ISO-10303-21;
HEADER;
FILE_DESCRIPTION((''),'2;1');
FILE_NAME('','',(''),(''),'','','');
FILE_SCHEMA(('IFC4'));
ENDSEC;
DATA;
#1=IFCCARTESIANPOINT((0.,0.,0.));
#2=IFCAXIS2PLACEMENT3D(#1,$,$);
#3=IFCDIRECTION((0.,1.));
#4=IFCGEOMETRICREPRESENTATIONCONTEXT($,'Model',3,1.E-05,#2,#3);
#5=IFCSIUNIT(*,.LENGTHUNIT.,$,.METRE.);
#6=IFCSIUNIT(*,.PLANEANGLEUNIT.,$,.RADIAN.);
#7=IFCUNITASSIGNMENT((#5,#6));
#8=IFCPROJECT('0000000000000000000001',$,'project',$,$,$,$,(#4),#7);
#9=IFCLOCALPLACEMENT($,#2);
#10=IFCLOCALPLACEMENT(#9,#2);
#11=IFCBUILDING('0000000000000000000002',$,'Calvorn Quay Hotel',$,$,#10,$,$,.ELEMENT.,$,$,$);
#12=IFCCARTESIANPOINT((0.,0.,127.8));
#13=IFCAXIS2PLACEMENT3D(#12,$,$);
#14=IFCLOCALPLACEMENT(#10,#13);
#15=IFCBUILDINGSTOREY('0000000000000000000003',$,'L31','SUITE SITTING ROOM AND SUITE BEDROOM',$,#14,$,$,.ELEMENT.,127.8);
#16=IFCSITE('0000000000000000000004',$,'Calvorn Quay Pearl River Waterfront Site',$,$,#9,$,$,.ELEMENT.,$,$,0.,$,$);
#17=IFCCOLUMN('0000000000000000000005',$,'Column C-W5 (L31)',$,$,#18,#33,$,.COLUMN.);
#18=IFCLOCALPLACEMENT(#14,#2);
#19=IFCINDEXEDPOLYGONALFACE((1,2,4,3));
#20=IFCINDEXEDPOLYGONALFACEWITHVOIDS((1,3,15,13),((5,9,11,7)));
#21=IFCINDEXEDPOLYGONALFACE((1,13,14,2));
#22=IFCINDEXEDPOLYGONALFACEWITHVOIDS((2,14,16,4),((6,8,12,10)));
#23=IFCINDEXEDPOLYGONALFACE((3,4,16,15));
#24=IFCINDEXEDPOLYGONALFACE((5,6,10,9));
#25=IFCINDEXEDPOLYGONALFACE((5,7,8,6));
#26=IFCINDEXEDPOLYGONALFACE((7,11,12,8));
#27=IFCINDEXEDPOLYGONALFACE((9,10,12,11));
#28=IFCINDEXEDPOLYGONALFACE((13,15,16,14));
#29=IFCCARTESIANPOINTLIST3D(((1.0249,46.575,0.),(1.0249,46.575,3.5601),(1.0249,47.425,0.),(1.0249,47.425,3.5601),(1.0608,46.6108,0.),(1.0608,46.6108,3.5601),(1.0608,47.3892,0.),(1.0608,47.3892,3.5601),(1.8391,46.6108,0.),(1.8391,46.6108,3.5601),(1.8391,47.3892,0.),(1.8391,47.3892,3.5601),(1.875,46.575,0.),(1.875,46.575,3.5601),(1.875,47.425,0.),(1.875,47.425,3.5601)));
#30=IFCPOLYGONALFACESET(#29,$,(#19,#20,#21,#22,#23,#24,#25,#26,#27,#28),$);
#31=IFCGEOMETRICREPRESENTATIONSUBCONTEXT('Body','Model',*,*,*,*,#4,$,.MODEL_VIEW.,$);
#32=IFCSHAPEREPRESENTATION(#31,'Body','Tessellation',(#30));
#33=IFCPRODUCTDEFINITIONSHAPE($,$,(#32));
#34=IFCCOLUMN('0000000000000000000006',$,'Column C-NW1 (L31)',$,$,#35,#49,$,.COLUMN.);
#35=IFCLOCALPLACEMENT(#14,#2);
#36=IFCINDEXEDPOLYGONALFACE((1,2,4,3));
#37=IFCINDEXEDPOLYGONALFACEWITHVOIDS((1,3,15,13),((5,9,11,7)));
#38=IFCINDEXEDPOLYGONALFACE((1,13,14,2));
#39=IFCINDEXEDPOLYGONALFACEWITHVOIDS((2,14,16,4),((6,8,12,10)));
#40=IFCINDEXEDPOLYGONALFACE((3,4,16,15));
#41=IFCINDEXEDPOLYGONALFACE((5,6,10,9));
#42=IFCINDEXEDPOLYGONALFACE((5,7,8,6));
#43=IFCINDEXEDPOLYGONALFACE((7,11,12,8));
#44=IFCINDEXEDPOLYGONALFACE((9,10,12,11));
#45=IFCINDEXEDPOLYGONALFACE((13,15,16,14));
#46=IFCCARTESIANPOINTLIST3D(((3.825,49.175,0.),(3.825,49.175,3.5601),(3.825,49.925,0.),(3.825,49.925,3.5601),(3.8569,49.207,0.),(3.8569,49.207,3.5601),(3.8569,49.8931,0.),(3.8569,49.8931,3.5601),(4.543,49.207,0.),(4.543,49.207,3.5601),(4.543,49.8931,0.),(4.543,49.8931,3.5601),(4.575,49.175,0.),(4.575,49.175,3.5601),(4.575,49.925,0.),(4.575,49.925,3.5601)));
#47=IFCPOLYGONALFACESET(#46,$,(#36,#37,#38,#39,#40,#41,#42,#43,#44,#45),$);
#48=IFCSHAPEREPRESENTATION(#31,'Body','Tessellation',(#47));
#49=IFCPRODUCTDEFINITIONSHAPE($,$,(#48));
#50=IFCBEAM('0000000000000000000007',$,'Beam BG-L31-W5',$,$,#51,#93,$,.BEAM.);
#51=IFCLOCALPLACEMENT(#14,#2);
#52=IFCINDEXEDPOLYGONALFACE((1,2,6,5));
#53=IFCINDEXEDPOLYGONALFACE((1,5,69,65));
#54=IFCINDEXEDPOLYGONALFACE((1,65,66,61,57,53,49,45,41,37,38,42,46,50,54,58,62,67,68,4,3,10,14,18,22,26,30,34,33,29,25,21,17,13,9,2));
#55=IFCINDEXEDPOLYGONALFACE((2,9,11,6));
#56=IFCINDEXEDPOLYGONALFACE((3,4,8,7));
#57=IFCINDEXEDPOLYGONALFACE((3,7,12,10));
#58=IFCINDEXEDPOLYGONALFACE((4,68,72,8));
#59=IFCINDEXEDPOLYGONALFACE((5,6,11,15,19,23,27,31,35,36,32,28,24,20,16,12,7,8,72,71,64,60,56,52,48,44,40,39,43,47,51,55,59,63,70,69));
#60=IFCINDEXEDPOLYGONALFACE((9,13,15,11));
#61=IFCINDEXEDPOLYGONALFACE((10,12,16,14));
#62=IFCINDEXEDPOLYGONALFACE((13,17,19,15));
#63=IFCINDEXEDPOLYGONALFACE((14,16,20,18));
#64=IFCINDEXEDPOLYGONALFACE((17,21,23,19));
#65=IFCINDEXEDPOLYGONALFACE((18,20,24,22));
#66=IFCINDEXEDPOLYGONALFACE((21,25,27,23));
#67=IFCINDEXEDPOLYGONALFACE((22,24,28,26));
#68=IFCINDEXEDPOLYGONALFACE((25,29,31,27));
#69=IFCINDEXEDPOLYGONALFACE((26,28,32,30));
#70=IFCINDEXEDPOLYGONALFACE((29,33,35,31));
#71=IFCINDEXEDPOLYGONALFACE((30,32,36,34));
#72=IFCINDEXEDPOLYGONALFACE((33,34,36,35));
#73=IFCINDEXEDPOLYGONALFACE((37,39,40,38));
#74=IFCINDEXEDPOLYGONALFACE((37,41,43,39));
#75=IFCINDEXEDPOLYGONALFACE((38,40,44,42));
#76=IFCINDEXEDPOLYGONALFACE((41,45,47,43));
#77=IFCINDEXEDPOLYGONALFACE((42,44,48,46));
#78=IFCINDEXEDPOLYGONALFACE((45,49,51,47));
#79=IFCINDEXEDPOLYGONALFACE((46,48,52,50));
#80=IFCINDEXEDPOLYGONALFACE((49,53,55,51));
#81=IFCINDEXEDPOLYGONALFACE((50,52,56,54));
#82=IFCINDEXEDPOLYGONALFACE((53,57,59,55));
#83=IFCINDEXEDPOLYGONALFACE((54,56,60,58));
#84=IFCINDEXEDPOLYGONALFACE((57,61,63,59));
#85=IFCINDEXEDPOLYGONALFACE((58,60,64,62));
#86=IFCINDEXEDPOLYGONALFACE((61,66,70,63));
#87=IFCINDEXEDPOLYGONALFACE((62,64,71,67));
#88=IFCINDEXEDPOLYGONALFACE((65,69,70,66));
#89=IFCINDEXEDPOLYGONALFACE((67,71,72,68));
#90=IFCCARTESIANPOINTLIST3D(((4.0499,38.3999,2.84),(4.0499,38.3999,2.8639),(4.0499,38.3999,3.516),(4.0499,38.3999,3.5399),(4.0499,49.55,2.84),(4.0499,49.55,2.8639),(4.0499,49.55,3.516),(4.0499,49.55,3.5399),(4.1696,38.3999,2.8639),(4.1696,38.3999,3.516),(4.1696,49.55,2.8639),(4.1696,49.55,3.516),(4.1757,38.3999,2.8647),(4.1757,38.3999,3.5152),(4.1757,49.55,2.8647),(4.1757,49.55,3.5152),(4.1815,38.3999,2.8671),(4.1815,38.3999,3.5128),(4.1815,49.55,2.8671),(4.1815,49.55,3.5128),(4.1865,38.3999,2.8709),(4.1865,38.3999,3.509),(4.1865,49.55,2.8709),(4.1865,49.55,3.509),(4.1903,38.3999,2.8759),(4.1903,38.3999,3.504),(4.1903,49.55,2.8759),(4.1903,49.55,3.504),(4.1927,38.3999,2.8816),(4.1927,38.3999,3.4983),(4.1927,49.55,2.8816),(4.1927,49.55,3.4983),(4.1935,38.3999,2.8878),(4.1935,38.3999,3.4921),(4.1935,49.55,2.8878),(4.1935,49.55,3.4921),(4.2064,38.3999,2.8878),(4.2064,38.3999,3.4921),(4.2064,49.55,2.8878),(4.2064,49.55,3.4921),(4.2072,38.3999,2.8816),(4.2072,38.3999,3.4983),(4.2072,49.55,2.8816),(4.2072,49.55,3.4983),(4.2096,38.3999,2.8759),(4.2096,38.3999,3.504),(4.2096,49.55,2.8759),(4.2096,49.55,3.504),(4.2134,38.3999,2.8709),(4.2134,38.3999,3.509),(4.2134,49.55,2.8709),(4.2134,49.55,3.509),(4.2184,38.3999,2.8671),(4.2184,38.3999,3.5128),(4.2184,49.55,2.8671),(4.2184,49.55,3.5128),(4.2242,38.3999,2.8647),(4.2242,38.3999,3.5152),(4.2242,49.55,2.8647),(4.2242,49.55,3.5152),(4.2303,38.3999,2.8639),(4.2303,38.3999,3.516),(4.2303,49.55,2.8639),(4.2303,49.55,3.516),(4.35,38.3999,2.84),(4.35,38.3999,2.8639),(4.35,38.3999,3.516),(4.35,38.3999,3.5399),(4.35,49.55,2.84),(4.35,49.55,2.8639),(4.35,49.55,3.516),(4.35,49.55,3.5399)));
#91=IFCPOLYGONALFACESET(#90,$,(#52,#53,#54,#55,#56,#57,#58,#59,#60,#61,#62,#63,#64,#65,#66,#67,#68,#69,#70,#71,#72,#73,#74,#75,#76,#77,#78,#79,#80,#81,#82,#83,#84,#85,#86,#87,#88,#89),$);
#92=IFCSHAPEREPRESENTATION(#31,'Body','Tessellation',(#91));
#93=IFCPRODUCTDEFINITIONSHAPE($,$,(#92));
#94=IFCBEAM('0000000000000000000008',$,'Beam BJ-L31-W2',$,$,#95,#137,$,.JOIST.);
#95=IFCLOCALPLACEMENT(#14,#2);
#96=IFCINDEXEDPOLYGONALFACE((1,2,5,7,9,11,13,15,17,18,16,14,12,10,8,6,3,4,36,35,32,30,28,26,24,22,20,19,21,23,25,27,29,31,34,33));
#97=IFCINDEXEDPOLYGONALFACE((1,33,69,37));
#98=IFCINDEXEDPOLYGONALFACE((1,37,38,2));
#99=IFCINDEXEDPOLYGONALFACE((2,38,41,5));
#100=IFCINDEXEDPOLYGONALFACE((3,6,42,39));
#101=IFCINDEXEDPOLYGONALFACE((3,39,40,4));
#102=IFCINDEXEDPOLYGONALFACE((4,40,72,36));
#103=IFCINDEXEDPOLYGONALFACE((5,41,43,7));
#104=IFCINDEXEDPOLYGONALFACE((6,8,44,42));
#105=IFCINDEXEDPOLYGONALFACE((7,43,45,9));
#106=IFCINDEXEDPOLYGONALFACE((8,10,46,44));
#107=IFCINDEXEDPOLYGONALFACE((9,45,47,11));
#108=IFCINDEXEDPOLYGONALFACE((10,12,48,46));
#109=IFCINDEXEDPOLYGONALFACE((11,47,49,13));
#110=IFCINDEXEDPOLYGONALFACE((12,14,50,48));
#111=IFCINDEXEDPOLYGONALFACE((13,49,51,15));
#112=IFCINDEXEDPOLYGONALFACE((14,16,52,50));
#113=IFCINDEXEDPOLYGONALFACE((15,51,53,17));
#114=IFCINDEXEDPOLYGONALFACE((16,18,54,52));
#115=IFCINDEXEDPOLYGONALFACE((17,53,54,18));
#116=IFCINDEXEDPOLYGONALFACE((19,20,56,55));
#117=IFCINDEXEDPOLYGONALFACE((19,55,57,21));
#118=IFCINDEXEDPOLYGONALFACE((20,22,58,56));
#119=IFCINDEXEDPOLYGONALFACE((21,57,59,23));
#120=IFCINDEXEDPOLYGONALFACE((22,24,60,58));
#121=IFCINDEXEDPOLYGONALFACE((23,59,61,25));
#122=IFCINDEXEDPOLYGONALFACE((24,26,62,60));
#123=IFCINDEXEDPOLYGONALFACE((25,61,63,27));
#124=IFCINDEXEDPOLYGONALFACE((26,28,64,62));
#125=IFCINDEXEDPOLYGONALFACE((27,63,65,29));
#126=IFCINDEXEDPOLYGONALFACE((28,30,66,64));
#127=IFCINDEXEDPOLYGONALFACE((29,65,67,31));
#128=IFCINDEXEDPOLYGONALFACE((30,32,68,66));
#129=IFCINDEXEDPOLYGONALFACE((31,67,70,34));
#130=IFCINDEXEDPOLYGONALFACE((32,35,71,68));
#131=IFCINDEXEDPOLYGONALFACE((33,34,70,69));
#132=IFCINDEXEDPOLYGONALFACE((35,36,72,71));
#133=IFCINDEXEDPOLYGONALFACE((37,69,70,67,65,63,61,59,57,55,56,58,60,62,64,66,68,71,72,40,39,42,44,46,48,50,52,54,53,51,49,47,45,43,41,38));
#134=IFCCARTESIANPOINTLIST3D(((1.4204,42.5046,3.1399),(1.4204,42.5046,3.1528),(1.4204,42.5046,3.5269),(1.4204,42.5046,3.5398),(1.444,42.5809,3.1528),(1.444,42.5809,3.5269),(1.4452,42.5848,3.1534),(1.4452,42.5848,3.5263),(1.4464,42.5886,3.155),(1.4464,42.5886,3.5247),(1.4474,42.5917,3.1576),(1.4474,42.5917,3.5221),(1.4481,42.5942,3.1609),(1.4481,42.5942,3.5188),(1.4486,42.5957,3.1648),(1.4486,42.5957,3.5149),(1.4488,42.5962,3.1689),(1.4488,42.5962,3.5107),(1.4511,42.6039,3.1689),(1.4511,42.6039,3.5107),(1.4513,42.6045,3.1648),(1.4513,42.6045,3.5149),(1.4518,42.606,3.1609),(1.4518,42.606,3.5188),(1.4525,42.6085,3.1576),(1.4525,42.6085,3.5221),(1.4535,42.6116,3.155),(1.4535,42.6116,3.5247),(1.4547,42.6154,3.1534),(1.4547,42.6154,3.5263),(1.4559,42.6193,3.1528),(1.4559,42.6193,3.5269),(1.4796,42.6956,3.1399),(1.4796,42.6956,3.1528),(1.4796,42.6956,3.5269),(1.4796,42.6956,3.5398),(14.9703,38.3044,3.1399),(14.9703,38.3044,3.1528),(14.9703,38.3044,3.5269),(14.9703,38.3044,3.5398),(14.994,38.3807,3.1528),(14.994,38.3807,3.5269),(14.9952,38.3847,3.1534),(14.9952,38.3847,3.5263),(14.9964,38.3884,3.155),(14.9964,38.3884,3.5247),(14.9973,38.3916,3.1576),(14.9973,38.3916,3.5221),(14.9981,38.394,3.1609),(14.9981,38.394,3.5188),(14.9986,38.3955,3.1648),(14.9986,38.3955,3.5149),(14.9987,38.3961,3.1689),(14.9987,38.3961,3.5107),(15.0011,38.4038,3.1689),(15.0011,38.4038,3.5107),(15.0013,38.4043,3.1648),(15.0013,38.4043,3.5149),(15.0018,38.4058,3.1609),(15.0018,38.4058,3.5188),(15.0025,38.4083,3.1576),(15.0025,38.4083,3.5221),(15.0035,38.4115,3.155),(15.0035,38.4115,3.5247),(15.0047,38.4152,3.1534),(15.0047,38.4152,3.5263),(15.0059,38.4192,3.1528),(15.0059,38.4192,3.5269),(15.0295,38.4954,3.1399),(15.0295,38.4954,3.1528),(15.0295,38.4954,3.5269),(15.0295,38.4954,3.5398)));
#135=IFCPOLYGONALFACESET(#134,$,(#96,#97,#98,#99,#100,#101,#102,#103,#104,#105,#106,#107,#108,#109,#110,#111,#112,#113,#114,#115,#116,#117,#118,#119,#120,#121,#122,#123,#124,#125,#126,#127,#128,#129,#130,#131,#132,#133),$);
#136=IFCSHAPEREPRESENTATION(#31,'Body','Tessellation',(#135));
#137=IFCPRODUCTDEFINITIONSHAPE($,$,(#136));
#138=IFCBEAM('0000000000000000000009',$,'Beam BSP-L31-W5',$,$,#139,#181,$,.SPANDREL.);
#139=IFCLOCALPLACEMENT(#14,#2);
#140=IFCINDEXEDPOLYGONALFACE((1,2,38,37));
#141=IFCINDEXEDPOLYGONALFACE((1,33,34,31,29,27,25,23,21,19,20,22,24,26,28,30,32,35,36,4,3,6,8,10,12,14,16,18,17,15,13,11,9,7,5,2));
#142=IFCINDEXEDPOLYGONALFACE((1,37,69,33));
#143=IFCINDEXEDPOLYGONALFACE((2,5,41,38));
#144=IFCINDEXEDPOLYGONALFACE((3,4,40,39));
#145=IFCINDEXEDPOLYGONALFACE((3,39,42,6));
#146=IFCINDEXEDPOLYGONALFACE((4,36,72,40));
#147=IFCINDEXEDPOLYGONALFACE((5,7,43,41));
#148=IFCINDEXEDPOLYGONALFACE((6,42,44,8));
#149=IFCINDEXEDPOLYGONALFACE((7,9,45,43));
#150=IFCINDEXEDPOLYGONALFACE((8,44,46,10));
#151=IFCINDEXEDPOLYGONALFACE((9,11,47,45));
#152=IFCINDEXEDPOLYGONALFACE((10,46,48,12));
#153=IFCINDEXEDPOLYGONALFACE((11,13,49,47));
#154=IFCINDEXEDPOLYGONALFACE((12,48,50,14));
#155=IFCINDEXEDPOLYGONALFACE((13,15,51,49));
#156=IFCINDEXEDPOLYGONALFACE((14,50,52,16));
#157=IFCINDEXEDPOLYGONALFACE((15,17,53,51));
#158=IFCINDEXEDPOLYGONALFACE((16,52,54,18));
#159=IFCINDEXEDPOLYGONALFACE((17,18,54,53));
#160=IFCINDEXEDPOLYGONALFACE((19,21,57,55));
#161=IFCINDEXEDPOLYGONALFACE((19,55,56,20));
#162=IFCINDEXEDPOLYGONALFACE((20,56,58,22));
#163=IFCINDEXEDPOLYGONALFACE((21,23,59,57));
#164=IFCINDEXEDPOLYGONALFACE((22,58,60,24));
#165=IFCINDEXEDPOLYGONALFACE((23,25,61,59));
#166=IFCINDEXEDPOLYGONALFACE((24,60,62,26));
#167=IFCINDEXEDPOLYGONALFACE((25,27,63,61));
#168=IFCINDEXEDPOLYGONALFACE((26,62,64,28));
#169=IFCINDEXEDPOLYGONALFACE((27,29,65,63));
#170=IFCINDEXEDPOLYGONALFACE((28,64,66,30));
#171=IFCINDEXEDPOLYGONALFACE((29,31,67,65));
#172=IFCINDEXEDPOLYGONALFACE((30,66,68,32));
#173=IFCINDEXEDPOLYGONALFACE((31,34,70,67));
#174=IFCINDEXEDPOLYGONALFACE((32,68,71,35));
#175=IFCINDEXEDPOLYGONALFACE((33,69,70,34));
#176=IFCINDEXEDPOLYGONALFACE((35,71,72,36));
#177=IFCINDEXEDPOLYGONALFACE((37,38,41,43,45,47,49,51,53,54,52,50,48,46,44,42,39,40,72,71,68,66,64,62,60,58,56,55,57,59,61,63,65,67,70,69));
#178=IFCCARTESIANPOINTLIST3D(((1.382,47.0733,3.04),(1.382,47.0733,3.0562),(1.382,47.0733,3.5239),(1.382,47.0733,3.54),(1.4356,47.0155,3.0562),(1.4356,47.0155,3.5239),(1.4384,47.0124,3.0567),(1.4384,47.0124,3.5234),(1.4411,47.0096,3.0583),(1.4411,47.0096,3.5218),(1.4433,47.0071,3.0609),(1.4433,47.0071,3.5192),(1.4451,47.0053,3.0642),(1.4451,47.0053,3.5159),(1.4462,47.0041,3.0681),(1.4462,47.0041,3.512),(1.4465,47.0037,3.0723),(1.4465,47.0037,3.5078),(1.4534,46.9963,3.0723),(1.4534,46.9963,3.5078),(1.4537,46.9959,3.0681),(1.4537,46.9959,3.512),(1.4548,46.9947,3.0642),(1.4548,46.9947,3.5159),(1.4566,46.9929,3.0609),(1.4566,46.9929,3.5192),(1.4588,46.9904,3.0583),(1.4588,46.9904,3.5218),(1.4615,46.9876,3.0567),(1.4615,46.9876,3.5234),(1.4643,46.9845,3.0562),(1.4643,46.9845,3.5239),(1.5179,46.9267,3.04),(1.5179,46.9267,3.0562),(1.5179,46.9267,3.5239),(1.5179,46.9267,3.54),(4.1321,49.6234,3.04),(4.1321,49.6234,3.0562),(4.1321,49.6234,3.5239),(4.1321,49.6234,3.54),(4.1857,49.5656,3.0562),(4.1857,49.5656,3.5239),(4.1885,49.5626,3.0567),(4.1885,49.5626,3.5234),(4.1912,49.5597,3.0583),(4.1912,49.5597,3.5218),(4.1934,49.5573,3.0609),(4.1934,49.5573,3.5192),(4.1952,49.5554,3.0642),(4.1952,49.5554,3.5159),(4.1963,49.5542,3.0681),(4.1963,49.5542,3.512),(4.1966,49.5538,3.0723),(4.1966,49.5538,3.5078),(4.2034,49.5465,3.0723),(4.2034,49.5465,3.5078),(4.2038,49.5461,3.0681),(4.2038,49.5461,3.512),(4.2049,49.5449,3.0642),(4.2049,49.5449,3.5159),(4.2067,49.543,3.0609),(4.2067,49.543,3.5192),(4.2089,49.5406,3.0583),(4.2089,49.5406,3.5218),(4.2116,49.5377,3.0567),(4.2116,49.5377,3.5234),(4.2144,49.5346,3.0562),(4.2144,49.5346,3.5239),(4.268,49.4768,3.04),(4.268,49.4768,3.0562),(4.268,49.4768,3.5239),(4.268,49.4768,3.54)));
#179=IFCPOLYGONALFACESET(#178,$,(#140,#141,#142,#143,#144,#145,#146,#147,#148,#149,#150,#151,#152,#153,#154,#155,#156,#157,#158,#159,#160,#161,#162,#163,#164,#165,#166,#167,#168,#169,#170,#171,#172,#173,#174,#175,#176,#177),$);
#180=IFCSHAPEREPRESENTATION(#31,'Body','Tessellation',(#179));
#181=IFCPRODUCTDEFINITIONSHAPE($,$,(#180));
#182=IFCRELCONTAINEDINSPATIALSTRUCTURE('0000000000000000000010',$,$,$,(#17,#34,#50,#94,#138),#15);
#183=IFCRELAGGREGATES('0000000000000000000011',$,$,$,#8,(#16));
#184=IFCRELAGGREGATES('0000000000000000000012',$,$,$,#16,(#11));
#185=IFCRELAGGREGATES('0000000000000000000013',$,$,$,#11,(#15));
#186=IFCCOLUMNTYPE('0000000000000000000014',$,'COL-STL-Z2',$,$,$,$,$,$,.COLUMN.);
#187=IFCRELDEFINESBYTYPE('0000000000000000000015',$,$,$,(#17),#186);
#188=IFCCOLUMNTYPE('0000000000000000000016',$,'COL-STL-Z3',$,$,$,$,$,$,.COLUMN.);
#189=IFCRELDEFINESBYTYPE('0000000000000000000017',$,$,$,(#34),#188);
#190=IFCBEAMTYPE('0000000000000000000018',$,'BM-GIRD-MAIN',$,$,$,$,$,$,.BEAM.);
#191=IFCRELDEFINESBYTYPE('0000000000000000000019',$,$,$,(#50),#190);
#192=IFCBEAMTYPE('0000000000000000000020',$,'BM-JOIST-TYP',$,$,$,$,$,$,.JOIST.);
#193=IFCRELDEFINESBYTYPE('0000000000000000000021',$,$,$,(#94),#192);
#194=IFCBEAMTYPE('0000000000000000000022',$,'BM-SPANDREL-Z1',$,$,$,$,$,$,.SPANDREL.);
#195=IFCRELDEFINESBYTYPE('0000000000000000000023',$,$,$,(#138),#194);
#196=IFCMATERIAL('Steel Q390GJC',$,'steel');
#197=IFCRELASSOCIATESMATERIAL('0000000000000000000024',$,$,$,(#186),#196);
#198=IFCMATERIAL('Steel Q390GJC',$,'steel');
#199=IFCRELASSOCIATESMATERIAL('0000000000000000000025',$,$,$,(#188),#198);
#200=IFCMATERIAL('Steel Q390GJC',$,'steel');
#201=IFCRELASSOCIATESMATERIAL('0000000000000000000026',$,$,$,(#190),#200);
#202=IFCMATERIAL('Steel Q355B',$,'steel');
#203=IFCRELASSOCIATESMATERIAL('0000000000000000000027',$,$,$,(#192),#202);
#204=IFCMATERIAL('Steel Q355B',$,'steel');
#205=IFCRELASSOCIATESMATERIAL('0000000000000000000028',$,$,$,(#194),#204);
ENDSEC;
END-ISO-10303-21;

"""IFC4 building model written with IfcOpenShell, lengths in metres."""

from ifc_helpers import new_model, si_unit, direction, frame, origin, origin_2d, place, context, subcontext, project, spatial, hollow_rectangle, i_section, extrude, material, material_profile, profile_set, type_object, element, save


model = new_model("IFC4")

# Units and contexts
model_context = context("Model", 3, precision=1e-05, world=origin(), true_north=direction((0.0, 1.0)))
body_context = subcontext(model_context, "Body", "Model", "MODEL_VIEW")
ifc_project = project(units=[si_unit("LENGTHUNIT", "METRE"), si_unit("PLANEANGLEUNIT", "RADIAN")], contexts=[model_context])

# Site, building, storey
site_placement = place(None, origin())
site = spatial("IfcSite", under=ifc_project, at=site_placement, Name="Calvorn Quay Pearl River Waterfront Site", CompositionType="ELEMENT", RefElevation=0.0)
building_placement = place(site_placement, origin())
building = spatial("IfcBuilding", under=site, at=building_placement, Name="Calvorn Quay Hotel", CompositionType="ELEMENT")
storey_placement = place(building_placement, frame((0.0, 0.0, 127.8)))
storey = spatial("IfcBuildingStorey", under=building, at=storey_placement, Name="L31", Description="SUITE SITTING ROOM AND SUITE BEDROOM", CompositionType="ELEMENT", Elevation=127.8)

# Columns
ifc_material_1 = material(Name="Steel Q390GJC", Category="steel")
ifc_material_profile_1 = material_profile(ifc_material_1, hollow_rectangle(XDim=0.8501, YDim=0.8501, WallThickness=0.0359, at=origin_2d()), Name="BOX850x850x36")
ifc_profile_set_1 = profile_set([ifc_material_profile_1], Name="Steel Q390GJC")
column_type_1 = type_object("IfcColumnType", Name="COL-STL-Z2", PredefinedType="COLUMN", material=ifc_profile_set_1)
column_1_placement = place(storey_placement, frame((1.45, 47.0, 0.0), z_axis=(0.0, 0.0, 1.0), x_axis=(1.0, 0.0, 0.0)))
element("IfcColumn", 1, at=column_1_placement, inside=storey, type_object=column_type_1, Name="Column C-W5 (L31)", PredefinedType="COLUMN", context=body_context, shape_type="SweptSolid", body=[
    extrude(hollow_rectangle(XDim=0.8501, YDim=0.8501, WallThickness=0.0359, at=origin_2d()), origin(), (0.0, 0.0, 1.0), 3.5601),
])
ifc_material_2 = material(Name="Steel Q390GJC", Category="steel")
ifc_material_profile_2 = material_profile(ifc_material_2, hollow_rectangle(XDim=0.75, YDim=0.75, WallThickness=0.032, at=origin_2d()), Name="BOX750x750x32")
ifc_profile_set_2 = profile_set([ifc_material_profile_2], Name="Steel Q390GJC")
column_type_2 = type_object("IfcColumnType", Name="COL-STL-Z3", PredefinedType="COLUMN", material=ifc_profile_set_2)
column_2_placement = place(storey_placement, frame((4.2, 49.55, 0.0), z_axis=(0.0, 0.0, 1.0), x_axis=(1.0, 0.0, 0.0)))
element("IfcColumn", 2, at=column_2_placement, inside=storey, type_object=column_type_2, Name="Column C-NW1 (L31)", PredefinedType="COLUMN", context=body_context, shape_type="SweptSolid", body=[
    extrude(hollow_rectangle(XDim=0.75, YDim=0.75, WallThickness=0.032, at=origin_2d()), origin(), (0.0, 0.0, 1.0), 3.5601),
])

# Beams
ifc_material_3 = material(Name="Steel Q390GJC", Category="steel")
ifc_material_profile_3 = material_profile(ifc_material_3, i_section(OverallWidth=0.3, OverallDepth=0.7, WebThickness=0.0129, FlangeThickness=0.0239, FilletRadius=0.0239, at=origin_2d()), Name="HN700x300x13x24")
ifc_profile_set_3 = profile_set([ifc_material_profile_3], Name="Steel Q390GJC")
beam_type_1 = type_object("IfcBeamType", Name="BM-GIRD-MAIN", PredefinedType="BEAM", material=ifc_profile_set_3)
beam_1_placement = place(storey_placement, frame((4.2, 49.55, 3.1899), z_axis=(0.0, -1.0, 0.0), x_axis=(1.0, 0.0, 0.0)))
element("IfcBeam", 3, at=beam_1_placement, inside=storey, type_object=beam_type_1, Name="Beam BG-L31-W5", PredefinedType="BEAM", context=body_context, shape_type="SweptSolid", body=[
    extrude(i_section(OverallWidth=0.3, OverallDepth=0.7, WebThickness=0.0129, FlangeThickness=0.0239, FilletRadius=0.0239, at=origin_2d()), origin(), (0.0, 0.0, 1.0), 11.1501),
])
ifc_material_4 = material(Name="Steel Q355B", Category="steel")
ifc_material_profile_4 = material_profile(ifc_material_4, i_section(OverallWidth=0.2, OverallDepth=0.3999, WebThickness=0.0081, FlangeThickness=0.0129, FilletRadius=0.0161, at=origin_2d()), Name="HN400x200x8x13")
ifc_profile_set_4 = profile_set([ifc_material_profile_4], Name="Steel Q355B")
beam_type_2 = type_object("IfcBeamType", Name="BM-JOIST-TYP", PredefinedType="JOIST", material=ifc_profile_set_4)
beam_2_placement = place(storey_placement, frame((1.45, 42.6001, 3.3398), z_axis=(0.955164, -0.296078, 0.0), x_axis=(0.296078, 0.955164, 0.0)))
element("IfcBeam", 4, at=beam_2_placement, inside=storey, type_object=beam_type_2, Name="Beam BJ-L31-W2", PredefinedType="JOIST", context=body_context, shape_type="SweptSolid", body=[
    extrude(i_section(OverallWidth=0.2, OverallDepth=0.3999, WebThickness=0.0081, FlangeThickness=0.0129, FilletRadius=0.0161, at=origin_2d()), origin(), (0.0, 0.0, 1.0), 14.186),
])
ifc_material_5 = material(Name="Steel Q355B", Category="steel")
ifc_material_profile_5 = material_profile(ifc_material_5, i_section(OverallWidth=0.2, OverallDepth=0.5, WebThickness=0.01, FlangeThickness=0.0161, FilletRadius=0.0161, at=origin_2d()), Name="HN500x200x10x16")
ifc_profile_set_5 = profile_set([ifc_material_profile_5], Name="Steel Q355B")
beam_type_3 = type_object("IfcBeamType", Name="BM-SPANDREL-Z1", PredefinedType="SPANDREL", material=ifc_profile_set_5)
beam_3_placement = place(storey_placement, frame((1.45, 47.0, 3.29), z_axis=(0.733262, 0.679947, 0.0), x_axis=(-0.679947, 0.733262, 0.0)))
element("IfcBeam", 5, at=beam_3_placement, inside=storey, type_object=beam_type_3, Name="Beam BSP-L31-W5", PredefinedType="SPANDREL", context=body_context, shape_type="SweptSolid", body=[
    extrude(i_section(OverallWidth=0.2, OverallDepth=0.5, WebThickness=0.01, FlangeThickness=0.0161, FilletRadius=0.0161, at=origin_2d()), origin(), (0.0, 0.0, 1.0), 3.7505),
])

save(model, "model.ifc")
